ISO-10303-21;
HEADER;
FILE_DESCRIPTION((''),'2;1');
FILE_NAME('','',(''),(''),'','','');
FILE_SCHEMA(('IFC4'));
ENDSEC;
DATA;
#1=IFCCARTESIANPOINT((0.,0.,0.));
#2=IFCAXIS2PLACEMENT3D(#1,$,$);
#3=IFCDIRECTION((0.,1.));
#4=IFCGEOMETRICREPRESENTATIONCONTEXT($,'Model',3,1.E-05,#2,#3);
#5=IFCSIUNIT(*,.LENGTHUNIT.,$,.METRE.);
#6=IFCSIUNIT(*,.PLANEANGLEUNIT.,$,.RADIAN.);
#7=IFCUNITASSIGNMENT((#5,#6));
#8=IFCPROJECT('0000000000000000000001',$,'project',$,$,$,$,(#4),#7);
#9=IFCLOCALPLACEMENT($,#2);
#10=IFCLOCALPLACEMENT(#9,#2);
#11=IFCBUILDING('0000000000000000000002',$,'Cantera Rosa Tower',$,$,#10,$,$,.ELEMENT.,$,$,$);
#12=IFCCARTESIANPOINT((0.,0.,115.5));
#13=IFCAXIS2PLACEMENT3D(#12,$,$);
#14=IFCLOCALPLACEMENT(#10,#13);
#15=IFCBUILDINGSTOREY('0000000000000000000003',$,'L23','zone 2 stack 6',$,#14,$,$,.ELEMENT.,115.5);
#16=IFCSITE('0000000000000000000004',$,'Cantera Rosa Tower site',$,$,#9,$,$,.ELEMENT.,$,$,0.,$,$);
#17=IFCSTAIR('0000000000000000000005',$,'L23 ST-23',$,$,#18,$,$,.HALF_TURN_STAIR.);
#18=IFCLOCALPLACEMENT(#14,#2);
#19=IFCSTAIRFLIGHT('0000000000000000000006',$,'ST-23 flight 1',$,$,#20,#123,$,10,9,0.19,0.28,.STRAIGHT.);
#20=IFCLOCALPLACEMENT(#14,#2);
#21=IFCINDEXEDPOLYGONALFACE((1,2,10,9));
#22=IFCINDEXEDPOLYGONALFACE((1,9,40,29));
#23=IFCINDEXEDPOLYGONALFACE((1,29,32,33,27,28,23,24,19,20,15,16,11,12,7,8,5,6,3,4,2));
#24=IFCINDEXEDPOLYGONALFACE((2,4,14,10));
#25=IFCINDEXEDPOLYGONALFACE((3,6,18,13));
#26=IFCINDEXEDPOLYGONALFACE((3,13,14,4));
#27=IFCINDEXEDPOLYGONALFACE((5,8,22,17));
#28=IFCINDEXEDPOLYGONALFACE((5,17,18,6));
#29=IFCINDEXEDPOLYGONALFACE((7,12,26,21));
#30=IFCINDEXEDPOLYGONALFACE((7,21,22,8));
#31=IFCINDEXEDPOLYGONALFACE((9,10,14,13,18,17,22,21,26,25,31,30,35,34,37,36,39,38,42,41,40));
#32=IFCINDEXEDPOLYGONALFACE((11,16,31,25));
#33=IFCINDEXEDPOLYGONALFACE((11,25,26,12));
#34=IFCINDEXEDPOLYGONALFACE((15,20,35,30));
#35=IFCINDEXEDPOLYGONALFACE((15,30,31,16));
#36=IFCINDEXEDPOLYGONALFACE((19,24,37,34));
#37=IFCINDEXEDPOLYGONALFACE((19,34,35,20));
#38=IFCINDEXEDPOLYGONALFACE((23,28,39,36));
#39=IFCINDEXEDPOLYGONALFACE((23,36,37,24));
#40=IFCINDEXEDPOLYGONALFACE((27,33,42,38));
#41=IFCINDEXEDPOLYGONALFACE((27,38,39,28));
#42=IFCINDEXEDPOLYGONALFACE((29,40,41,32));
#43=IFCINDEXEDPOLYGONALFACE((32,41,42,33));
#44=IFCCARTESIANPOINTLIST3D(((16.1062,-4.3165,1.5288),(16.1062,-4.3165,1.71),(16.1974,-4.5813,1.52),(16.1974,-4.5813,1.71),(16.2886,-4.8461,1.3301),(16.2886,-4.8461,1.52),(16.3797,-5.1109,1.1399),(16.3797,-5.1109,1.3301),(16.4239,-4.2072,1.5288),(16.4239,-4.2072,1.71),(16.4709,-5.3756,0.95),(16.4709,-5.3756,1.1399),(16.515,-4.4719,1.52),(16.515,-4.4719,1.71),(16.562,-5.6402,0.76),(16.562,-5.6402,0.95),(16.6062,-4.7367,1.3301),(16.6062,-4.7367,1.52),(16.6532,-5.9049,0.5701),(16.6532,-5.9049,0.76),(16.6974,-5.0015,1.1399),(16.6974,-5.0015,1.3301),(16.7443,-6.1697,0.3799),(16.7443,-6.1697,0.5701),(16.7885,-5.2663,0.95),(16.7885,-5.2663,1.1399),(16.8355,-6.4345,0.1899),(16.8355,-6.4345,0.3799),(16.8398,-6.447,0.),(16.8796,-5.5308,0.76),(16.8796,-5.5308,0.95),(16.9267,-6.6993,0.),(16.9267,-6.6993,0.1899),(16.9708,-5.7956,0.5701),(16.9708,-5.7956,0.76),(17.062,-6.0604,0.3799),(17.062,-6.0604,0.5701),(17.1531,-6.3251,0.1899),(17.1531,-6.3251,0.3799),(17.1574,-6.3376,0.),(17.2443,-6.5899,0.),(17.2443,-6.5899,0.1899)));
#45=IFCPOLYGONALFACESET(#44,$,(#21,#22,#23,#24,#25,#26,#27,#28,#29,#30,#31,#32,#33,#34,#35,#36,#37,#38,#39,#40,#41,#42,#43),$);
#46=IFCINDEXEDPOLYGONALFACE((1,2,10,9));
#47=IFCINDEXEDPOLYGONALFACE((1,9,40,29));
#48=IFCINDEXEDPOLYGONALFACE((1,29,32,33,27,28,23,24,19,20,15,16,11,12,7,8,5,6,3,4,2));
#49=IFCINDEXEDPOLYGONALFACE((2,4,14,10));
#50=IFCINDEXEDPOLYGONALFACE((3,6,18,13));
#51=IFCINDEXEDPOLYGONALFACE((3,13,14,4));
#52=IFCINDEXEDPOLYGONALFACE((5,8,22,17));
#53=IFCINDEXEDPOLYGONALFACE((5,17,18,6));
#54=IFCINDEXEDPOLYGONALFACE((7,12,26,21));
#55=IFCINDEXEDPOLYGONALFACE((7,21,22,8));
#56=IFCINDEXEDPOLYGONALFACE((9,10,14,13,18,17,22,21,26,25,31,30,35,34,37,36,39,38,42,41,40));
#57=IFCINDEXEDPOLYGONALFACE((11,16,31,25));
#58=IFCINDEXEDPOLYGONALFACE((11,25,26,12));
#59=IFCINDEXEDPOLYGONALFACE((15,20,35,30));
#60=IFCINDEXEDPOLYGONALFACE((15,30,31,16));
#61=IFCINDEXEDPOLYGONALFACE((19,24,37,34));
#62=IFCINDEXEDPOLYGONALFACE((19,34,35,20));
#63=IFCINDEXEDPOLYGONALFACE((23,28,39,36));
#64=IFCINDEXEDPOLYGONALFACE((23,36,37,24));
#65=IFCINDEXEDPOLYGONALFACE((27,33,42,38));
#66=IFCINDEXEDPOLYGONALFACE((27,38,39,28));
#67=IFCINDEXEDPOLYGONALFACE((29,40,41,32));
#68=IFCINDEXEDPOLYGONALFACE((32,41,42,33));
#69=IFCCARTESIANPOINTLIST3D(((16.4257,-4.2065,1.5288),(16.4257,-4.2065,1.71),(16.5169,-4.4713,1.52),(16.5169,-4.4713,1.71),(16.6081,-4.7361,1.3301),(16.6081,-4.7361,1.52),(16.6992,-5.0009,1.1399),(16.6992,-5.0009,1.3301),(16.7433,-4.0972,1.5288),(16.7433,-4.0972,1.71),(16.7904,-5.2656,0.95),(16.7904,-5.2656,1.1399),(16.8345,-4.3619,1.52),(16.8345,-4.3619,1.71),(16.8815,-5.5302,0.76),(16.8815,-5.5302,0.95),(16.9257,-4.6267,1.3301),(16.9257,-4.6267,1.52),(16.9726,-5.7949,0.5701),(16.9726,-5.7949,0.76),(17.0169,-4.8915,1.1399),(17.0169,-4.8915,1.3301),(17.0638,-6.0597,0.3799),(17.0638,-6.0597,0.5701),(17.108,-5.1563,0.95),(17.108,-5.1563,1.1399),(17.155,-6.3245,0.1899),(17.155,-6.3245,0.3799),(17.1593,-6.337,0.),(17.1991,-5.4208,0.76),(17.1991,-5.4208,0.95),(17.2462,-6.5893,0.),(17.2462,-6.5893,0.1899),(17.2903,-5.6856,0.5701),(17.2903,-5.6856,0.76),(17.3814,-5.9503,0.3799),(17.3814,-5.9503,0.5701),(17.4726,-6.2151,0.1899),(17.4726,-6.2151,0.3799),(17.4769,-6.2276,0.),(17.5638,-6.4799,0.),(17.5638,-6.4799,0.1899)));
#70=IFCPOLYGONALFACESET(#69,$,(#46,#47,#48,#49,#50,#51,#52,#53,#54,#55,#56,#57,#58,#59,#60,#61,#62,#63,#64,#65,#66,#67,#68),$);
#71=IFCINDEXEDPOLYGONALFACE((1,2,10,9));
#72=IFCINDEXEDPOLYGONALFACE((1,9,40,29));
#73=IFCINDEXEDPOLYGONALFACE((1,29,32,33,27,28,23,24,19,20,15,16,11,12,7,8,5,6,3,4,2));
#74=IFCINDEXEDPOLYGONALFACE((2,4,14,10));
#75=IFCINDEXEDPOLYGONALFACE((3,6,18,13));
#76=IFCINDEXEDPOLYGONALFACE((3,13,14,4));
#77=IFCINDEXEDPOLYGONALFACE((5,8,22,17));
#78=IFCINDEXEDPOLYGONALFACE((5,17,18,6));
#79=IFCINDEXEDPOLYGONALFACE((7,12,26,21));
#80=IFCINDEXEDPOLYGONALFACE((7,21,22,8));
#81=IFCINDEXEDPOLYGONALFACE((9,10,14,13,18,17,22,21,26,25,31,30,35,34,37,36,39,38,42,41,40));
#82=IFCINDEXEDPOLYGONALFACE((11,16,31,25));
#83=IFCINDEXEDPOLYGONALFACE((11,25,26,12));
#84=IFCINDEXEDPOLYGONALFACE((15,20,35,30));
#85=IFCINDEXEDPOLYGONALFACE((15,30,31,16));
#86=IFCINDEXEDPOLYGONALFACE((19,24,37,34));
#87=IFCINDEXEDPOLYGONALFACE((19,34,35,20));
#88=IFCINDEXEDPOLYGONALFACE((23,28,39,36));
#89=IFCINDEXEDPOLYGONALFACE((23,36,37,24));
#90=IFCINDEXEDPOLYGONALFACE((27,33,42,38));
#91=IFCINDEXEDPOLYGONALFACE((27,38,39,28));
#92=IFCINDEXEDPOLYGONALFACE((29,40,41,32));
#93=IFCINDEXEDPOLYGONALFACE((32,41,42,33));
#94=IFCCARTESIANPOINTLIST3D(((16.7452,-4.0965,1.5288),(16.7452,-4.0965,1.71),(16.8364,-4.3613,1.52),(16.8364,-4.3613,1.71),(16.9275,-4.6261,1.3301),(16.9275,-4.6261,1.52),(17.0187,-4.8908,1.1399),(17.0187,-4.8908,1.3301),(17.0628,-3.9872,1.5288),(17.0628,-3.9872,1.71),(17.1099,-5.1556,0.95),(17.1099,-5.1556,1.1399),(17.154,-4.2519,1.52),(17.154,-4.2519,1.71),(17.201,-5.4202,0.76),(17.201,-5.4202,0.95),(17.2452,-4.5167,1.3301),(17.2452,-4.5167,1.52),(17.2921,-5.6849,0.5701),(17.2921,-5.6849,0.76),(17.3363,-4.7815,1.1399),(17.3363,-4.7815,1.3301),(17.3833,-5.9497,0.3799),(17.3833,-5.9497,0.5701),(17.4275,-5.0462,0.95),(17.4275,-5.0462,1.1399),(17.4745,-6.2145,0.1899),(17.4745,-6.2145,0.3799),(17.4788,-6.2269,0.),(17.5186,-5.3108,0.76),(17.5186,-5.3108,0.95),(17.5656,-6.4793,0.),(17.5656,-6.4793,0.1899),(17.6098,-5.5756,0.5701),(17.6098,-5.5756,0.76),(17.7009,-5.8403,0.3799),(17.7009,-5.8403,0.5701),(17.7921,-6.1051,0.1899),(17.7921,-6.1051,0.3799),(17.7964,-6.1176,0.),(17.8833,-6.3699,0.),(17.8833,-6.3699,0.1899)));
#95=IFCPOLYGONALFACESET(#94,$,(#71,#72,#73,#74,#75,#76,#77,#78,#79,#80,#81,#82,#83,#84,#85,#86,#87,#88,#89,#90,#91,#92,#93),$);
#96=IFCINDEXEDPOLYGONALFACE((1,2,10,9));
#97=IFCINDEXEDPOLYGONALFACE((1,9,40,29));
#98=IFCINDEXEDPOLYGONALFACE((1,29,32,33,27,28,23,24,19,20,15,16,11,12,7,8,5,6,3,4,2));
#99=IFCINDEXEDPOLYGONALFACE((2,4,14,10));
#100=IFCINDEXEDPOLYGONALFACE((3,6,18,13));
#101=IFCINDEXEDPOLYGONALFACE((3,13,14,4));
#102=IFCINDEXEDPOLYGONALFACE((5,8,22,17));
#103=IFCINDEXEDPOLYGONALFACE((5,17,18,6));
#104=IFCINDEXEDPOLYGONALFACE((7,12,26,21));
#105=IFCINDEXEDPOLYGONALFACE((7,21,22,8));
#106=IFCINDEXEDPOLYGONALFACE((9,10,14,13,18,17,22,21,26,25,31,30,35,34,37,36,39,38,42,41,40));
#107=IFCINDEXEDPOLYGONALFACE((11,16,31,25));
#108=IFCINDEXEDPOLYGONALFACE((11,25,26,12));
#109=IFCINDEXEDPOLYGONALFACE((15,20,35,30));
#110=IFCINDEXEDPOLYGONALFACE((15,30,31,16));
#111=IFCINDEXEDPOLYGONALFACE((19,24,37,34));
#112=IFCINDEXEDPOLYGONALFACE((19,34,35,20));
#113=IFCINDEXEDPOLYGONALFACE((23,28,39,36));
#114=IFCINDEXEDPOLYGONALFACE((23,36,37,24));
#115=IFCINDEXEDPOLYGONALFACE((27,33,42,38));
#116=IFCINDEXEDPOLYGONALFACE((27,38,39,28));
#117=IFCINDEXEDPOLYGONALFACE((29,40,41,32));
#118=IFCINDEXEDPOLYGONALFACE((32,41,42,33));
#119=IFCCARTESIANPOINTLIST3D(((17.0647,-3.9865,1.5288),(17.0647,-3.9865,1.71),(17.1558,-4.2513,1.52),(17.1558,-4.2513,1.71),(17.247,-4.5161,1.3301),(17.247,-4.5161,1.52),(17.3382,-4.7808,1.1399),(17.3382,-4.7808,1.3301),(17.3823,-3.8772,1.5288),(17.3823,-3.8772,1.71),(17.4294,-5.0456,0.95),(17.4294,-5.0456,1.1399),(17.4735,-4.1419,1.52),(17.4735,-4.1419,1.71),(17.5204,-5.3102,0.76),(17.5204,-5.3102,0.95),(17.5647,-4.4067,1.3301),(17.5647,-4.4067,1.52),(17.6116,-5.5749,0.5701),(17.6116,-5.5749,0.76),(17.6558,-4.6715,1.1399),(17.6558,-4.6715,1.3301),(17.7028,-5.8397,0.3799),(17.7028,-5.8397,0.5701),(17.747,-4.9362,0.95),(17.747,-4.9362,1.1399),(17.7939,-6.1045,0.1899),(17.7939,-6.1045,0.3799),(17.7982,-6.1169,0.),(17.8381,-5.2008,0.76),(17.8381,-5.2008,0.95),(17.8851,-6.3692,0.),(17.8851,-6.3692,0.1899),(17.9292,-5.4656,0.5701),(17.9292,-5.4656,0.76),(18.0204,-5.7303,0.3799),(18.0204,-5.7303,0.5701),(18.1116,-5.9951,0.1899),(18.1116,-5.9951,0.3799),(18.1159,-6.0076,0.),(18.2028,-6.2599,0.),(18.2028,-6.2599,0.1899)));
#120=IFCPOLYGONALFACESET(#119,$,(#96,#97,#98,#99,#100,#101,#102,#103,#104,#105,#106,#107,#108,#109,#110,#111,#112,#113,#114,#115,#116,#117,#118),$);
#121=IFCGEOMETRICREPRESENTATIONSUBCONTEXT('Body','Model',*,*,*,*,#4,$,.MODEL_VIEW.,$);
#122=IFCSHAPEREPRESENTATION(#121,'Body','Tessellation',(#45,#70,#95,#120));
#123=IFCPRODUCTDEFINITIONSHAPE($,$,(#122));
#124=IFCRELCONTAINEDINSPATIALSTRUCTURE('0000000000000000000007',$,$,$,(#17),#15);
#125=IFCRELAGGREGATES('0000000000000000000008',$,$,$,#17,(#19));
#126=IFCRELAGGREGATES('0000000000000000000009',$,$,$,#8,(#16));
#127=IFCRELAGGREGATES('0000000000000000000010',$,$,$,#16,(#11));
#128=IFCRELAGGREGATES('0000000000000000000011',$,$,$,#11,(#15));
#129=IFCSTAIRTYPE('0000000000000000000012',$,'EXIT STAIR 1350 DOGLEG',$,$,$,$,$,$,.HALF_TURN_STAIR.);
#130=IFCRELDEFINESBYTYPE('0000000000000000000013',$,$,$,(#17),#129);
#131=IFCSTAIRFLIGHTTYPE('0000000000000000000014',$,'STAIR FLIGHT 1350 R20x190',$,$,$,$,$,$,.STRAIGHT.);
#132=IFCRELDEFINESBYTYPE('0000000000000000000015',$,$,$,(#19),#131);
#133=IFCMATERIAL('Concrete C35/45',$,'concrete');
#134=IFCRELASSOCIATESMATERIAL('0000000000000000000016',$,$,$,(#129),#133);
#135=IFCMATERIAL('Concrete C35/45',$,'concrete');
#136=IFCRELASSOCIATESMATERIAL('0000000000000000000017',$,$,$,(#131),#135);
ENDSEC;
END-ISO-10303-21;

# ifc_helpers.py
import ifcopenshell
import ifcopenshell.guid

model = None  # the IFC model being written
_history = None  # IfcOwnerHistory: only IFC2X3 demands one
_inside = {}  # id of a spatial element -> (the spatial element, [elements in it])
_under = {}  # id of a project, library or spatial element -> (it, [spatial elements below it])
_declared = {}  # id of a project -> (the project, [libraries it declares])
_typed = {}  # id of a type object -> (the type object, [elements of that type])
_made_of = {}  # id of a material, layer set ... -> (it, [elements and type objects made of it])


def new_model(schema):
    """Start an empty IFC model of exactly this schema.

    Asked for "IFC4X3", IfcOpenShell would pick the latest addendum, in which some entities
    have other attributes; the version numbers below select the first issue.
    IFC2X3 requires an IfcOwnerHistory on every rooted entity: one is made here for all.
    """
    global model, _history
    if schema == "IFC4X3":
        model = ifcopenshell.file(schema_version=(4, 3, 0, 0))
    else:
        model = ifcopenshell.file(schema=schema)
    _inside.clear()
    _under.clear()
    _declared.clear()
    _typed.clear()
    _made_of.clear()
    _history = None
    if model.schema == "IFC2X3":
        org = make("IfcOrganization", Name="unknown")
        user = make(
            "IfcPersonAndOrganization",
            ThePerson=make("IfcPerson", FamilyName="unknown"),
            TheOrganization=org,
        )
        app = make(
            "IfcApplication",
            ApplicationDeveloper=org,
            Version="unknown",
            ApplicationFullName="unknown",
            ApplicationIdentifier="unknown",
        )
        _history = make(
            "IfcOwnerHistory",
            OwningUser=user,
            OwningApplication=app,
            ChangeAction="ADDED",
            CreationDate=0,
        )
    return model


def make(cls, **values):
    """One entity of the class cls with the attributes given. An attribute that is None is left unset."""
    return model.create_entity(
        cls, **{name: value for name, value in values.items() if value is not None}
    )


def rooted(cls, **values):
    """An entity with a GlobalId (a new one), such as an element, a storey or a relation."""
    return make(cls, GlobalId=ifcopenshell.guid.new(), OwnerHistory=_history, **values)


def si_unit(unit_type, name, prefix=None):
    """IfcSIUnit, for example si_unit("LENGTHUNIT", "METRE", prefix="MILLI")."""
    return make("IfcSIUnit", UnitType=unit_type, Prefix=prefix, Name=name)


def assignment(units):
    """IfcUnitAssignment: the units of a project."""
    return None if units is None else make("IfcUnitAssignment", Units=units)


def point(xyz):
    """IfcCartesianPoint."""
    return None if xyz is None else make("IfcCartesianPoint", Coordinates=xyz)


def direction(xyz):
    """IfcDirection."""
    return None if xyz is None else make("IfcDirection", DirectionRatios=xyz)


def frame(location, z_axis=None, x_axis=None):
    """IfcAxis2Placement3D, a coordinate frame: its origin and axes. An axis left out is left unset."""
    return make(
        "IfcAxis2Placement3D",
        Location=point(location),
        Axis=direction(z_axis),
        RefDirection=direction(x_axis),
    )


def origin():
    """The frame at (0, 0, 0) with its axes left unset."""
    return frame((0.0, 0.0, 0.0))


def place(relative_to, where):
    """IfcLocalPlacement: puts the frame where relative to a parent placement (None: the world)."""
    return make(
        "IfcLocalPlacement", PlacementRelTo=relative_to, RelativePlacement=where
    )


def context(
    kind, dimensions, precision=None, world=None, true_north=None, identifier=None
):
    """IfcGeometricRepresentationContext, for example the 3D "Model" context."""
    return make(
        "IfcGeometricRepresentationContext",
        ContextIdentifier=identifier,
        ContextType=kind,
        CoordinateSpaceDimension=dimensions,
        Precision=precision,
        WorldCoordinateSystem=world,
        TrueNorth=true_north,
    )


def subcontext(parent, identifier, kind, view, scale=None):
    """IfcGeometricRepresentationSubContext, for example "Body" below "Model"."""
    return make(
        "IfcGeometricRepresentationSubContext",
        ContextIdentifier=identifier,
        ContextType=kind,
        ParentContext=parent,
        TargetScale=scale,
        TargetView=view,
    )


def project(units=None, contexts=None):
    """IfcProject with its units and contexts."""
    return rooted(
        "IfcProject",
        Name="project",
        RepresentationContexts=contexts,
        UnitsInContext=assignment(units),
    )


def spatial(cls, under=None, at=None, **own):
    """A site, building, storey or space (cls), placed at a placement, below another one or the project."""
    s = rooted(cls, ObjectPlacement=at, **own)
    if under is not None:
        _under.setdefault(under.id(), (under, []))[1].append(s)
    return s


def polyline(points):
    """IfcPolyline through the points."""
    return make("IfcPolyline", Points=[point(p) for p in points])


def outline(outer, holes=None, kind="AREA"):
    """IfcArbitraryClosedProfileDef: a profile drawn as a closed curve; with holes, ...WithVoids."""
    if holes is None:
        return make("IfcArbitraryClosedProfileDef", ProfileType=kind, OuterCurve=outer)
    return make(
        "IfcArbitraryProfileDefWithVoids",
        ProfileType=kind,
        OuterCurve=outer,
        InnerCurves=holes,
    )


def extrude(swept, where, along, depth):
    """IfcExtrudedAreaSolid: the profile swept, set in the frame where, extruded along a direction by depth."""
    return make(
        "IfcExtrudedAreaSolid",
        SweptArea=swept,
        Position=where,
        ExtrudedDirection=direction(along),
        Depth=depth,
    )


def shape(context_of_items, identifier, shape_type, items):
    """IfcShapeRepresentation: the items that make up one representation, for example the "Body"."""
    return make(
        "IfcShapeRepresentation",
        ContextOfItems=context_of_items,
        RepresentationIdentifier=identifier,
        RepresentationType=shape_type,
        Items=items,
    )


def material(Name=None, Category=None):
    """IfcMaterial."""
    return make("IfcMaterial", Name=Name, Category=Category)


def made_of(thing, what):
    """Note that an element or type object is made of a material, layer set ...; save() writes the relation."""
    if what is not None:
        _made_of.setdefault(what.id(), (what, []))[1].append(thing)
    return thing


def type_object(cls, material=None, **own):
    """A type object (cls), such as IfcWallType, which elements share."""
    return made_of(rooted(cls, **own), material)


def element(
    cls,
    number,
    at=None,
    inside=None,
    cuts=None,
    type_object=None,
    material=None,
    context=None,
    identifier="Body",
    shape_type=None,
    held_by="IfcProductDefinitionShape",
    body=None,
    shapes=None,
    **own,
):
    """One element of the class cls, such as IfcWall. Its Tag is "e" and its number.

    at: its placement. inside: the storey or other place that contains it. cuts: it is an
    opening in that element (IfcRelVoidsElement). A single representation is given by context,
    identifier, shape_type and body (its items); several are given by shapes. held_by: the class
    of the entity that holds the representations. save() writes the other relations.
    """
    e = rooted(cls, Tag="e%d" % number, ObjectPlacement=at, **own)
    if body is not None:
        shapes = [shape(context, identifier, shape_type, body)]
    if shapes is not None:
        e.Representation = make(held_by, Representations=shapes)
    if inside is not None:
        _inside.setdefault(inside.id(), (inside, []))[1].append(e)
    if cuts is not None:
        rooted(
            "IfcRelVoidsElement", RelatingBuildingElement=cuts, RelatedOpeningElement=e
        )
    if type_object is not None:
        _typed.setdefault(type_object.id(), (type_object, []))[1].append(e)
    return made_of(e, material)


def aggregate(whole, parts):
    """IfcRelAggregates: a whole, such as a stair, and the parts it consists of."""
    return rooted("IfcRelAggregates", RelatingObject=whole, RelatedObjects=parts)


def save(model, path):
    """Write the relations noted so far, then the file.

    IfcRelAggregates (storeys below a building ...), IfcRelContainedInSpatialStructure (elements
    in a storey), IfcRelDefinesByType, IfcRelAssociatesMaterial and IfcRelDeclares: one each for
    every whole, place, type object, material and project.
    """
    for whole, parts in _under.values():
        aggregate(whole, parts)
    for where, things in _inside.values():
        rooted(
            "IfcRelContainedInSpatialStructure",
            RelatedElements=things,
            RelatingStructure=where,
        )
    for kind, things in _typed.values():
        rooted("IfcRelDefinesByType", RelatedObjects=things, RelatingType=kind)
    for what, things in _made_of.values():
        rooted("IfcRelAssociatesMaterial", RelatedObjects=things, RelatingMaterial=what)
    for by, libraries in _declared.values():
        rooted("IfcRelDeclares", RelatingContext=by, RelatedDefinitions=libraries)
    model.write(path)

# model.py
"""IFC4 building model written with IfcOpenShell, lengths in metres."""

from ifc_helpers import new_model, si_unit, direction, frame, origin, place, context, subcontext, project, spatial, polyline, outline, extrude, material, type_object, element, aggregate, save


model = new_model("IFC4")

# Units and contexts
model_context = context("Model", 3, precision=1e-05, world=origin(), true_north=direction((0.0, 1.0)))
body_context = subcontext(model_context, "Body", "Model", "MODEL_VIEW")
ifc_project = project(units=[si_unit("LENGTHUNIT", "METRE"), si_unit("PLANEANGLEUNIT", "RADIAN")], contexts=[model_context])

# Site, building, storey
site_placement = place(None, origin())
site = spatial("IfcSite", under=ifc_project, at=site_placement, Name="Cantera Rosa Tower site", CompositionType="ELEMENT", RefElevation=0.0)
building_placement = place(site_placement, origin())
building = spatial("IfcBuilding", under=site, at=building_placement, Name="Cantera Rosa Tower", CompositionType="ELEMENT")
storey_placement = place(building_placement, frame((0.0, 0.0, 115.5)))
storey = spatial("IfcBuildingStorey", under=building, at=storey_placement, Name="L23", Description="zone 2 stack 6", CompositionType="ELEMENT", Elevation=115.5)

# Stair, stair flight
ifc_material_1 = material(Name="Concrete C35/45", Category="concrete")
stair_type = type_object("IfcStairType", Name="EXIT STAIR 1350 DOGLEG", PredefinedType="HALF_TURN_STAIR", material=ifc_material_1)
stair_placement = place(storey_placement, origin())
stair = element("IfcStair", 1, at=stair_placement, inside=storey, type_object=stair_type, Name="L23 ST-23", PredefinedType="HALF_TURN_STAIR")
ifc_material_2 = material(Name="Concrete C35/45", Category="concrete")
stair_flight_type = type_object("IfcStairFlightType", Name="STAIR FLIGHT 1350 R20x190", PredefinedType="STRAIGHT", material=ifc_material_2)
stair_flight_1_placement = place(storey_placement, frame((17.5649, -6.4795, 0.0), z_axis=(0.0, 0.0, 1.0), x_axis=(-0.325568, 0.945519, 0.0)))
stair_flight_1 = element("IfcStairFlight", 2, at=stair_flight_1_placement, type_object=stair_flight_type, Name="ST-23 flight 1", NumberOfRisers=10, NumberOfTreads=9, PredefinedType="STRAIGHT", RiserHeight=0.19, TreadLength=0.28, context=body_context, shape_type="SweptSolid", body=[
    extrude(outline(polyline([(0.0, 0.0), (0.0, 0.1899), (0.28, 0.1899), (0.28, 0.3799), (0.5601, 0.3799), (0.5601, 0.5701), (0.8401, 0.5701), (0.8401, 0.76), (1.1201, 0.76), (1.1201, 0.95), (1.3999, 0.95), (1.3999, 1.1399), (1.6799, 1.1399), (1.6799, 1.3301), (1.96, 1.3301), (1.96, 1.52), (2.24, 1.52), (2.24, 1.71), (2.52, 1.71), (2.52, 1.8999), (2.52, 1.5288), (0.2668, 0.0), (0.0, 0.0)])), frame((0.0, 0.675, 0.0), z_axis=(0.0, -1.0, 0.0), x_axis=(1.0, 0.0, 0.0)), (0.0, 0.0, 1.0), 0.3359),
    extrude(outline(polyline([(0.0, 0.0), (0.0, 0.1899), (0.28, 0.1899), (0.28, 0.3799), (0.5601, 0.3799), (0.5601, 0.5701), (0.8401, 0.5701), (0.8401, 0.76), (1.1201, 0.76), (1.1201, 0.95), (1.3999, 0.95), (1.3999, 1.1399), (1.6799, 1.1399), (1.6799, 1.3301), (1.96, 1.3301), (1.96, 1.52), (2.24, 1.52), (2.24, 1.71), (2.52, 1.71), (2.52, 1.8999), (2.52, 1.5288), (0.2668, 0.0), (0.0, 0.0)])), frame((0.0, 0.3372, 0.0), z_axis=(0.0, -1.0, 0.0), x_axis=(1.0, 0.0, 0.0)), (0.0, 0.0, 1.0), 0.3359),
    extrude(outline(polyline([(0.0, 0.0), (0.0, 0.1899), (0.28, 0.1899), (0.28, 0.3799), (0.5601, 0.3799), (0.5601, 0.5701), (0.8401, 0.5701), (0.8401, 0.76), (1.1201, 0.76), (1.1201, 0.95), (1.3999, 0.95), (1.3999, 1.1399), (1.6799, 1.1399), (1.6799, 1.3301), (1.96, 1.3301), (1.96, 1.52), (2.24, 1.52), (2.24, 1.71), (2.52, 1.71), (2.52, 1.8999), (2.52, 1.5288), (0.2668, 0.0), (0.0, 0.0)])), frame((0.0, -0.0007, 0.0), z_axis=(0.0, -1.0, 0.0), x_axis=(1.0, 0.0, 0.0)), (0.0, 0.0, 1.0), 0.3359),
    extrude(outline(polyline([(0.0, 0.0), (0.0, 0.1899), (0.28, 0.1899), (0.28, 0.3799), (0.5601, 0.3799), (0.5601, 0.5701), (0.8401, 0.5701), (0.8401, 0.76), (1.1201, 0.76), (1.1201, 0.95), (1.3999, 0.95), (1.3999, 1.1399), (1.6799, 1.1399), (1.6799, 1.3301), (1.96, 1.3301), (1.96, 1.52), (2.24, 1.52), (2.24, 1.71), (2.52, 1.71), (2.52, 1.8999), (2.52, 1.5288), (0.2668, 0.0), (0.0, 0.0)])), frame((0.0, -0.3386, 0.0), z_axis=(0.0, -1.0, 0.0), x_axis=(1.0, 0.0, 0.0)), (0.0, 0.0, 1.0), 0.3359),
])
aggregate(stair, [stair_flight_1])

save(model, "model.ifc")
